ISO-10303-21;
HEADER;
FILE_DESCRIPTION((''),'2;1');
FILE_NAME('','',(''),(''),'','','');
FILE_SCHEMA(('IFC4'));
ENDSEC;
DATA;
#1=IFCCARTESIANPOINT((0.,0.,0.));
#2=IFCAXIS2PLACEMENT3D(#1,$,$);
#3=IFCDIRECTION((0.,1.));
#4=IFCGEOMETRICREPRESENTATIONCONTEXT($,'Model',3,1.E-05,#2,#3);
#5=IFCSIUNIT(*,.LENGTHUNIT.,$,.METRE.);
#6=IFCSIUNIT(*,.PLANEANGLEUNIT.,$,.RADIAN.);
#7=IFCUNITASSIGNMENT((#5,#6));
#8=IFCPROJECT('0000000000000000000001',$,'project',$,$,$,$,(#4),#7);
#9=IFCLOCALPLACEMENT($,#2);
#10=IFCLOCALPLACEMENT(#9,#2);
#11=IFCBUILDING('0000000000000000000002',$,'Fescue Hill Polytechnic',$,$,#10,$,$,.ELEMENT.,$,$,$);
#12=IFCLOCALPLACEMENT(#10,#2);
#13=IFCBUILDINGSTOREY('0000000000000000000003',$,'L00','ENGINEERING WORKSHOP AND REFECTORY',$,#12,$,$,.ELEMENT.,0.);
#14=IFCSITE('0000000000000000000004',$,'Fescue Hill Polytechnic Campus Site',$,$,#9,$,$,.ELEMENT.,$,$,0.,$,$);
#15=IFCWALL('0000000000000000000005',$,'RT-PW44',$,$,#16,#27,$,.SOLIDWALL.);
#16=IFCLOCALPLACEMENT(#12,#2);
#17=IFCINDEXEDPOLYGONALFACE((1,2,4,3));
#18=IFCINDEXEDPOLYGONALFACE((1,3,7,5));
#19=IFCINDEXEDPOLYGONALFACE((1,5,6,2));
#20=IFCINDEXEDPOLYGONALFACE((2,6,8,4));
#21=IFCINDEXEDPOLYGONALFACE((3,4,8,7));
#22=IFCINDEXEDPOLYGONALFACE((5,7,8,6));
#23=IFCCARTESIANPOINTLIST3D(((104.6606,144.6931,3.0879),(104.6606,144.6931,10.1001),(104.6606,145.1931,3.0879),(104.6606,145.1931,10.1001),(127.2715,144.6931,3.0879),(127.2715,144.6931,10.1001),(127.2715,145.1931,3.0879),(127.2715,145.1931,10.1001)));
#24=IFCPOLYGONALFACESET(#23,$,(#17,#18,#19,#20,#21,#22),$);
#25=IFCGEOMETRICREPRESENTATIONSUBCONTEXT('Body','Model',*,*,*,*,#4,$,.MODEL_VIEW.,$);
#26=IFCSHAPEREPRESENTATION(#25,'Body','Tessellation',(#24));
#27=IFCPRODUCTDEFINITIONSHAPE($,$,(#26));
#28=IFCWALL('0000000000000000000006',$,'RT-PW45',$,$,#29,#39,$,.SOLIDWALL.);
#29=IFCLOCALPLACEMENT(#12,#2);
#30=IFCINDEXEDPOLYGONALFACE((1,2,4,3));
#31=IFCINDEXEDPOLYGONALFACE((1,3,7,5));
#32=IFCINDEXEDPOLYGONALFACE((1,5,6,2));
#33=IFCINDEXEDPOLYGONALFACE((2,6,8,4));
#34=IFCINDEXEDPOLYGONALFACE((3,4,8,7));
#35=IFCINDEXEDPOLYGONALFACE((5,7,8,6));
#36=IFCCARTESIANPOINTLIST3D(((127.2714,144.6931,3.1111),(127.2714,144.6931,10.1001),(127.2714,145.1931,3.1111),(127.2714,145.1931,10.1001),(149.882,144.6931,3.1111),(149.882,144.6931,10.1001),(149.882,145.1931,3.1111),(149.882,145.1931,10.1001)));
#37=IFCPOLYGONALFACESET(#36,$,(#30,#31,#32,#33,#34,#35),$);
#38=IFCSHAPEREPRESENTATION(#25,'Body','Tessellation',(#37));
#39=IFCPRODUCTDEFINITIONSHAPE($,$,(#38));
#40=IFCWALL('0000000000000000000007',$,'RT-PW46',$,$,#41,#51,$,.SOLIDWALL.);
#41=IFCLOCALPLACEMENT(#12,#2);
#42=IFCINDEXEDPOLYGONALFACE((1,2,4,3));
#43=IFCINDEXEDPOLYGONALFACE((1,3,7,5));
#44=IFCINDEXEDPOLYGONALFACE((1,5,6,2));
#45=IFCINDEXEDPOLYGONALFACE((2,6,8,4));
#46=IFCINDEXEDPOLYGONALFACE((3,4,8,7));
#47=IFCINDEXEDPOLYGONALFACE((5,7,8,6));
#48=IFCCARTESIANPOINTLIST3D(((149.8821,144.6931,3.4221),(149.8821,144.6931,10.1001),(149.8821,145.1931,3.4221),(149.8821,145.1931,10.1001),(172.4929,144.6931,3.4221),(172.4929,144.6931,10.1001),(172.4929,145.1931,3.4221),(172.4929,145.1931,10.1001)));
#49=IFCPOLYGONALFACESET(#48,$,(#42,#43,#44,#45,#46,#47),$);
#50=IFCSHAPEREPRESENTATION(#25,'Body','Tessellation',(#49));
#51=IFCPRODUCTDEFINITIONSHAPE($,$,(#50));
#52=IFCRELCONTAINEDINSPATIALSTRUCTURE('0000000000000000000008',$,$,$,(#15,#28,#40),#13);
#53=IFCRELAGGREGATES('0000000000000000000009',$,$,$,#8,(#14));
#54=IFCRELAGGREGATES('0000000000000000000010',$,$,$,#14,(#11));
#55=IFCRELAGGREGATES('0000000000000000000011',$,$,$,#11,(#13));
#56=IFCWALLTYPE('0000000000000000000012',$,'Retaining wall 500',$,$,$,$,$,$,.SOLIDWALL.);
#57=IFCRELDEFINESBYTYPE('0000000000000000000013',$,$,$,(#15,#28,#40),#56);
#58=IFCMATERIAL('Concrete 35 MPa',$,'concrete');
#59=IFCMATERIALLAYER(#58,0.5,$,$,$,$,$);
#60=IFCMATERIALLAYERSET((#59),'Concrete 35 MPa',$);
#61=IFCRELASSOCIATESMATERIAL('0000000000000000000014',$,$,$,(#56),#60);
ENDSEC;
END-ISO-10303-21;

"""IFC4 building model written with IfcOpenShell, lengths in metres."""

from ifc_helpers import new_model, si_unit, direction, frame, frame_2d, origin, place, context, subcontext, project, spatial, rectangle, extrude, material, layer, layer_set, type_object, element, save


model = new_model("IFC4")

# Units and contexts
model_context = context("Model", 3, precision=1e-05, world=origin(), true_north=direction((0.0, 1.0)))
body_context = subcontext(model_context, "Body", "Model", "MODEL_VIEW")
ifc_project = project(units=[si_unit("LENGTHUNIT", "METRE"), si_unit("PLANEANGLEUNIT", "RADIAN")], contexts=[model_context])

# Site, building, storey
site_placement = place(None, origin())
site = spatial("IfcSite", under=ifc_project, at=site_placement, Name="Fescue Hill Polytechnic Campus Site", CompositionType="ELEMENT", RefElevation=0.0)
building_placement = place(site_placement, origin())
building = spatial("IfcBuilding", under=site, at=building_placement, Name="Fescue Hill Polytechnic", CompositionType="ELEMENT")
storey_placement = place(building_placement, origin())
storey = spatial("IfcBuildingStorey", under=building, at=storey_placement, Name="L00", Description="ENGINEERING WORKSHOP AND REFECTORY", CompositionType="ELEMENT", Elevation=0.0)

# Walls
ifc_material_1 = material(Name="Concrete 35 MPa", Category="concrete")
ifc_layer_1 = layer(ifc_material_1, 0.5)
ifc_layer_set_1 = layer_set([ifc_layer_1], Name="Concrete 35 MPa")
wall_type_1 = type_object("IfcWallType", Name="Retaining wall 500", PredefinedType="SOLIDWALL", material=ifc_layer_set_1)
wall_1_placement = place(storey_placement, frame((104.6606, 144.9431, 3.0879), z_axis=(0.0, 0.0, 1.0), x_axis=(1.0, 0.0, 0.0)))
element("IfcWall", 1, at=wall_1_placement, inside=storey, type_object=wall_type_1, Name="RT-PW44", PredefinedType="SOLIDWALL", context=body_context, shape_type="SweptSolid", body=[
    extrude(rectangle(XDim=22.6108, YDim=0.5, at=frame_2d((11.3054, 0.0))), origin(), (0.0, 0.0, 1.0), 7.0122),
])
wall_2_placement = place(storey_placement, frame((127.2715, 144.9431, 3.1111), z_axis=(0.0, 0.0, 1.0), x_axis=(1.0, 0.0, 0.0)))
element("IfcWall", 2, at=wall_2_placement, inside=storey, type_object=wall_type_1, Name="RT-PW45", PredefinedType="SOLIDWALL", context=body_context, shape_type="SweptSolid", body=[
    extrude(rectangle(XDim=22.6106, YDim=0.5, at=frame_2d((11.3052, 0.0))), origin(), (0.0, 0.0, 1.0), 6.989),
])
wall_3_placement = place(storey_placement, frame((149.8821, 144.9431, 3.4221), z_axis=(0.0, 0.0, 1.0), x_axis=(1.0, 0.0, 0.0)))
element("IfcWall", 3, at=wall_3_placement, inside=storey, type_object=wall_type_1, Name="RT-PW46", PredefinedType="SOLIDWALL", context=body_context, shape_type="SweptSolid", body=[
    extrude(rectangle(XDim=22.6108, YDim=0.5, at=frame_2d((11.3054, 0.0))), origin(), (0.0, 0.0, 1.0), 6.678),
])

save(model, "model.ifc")
